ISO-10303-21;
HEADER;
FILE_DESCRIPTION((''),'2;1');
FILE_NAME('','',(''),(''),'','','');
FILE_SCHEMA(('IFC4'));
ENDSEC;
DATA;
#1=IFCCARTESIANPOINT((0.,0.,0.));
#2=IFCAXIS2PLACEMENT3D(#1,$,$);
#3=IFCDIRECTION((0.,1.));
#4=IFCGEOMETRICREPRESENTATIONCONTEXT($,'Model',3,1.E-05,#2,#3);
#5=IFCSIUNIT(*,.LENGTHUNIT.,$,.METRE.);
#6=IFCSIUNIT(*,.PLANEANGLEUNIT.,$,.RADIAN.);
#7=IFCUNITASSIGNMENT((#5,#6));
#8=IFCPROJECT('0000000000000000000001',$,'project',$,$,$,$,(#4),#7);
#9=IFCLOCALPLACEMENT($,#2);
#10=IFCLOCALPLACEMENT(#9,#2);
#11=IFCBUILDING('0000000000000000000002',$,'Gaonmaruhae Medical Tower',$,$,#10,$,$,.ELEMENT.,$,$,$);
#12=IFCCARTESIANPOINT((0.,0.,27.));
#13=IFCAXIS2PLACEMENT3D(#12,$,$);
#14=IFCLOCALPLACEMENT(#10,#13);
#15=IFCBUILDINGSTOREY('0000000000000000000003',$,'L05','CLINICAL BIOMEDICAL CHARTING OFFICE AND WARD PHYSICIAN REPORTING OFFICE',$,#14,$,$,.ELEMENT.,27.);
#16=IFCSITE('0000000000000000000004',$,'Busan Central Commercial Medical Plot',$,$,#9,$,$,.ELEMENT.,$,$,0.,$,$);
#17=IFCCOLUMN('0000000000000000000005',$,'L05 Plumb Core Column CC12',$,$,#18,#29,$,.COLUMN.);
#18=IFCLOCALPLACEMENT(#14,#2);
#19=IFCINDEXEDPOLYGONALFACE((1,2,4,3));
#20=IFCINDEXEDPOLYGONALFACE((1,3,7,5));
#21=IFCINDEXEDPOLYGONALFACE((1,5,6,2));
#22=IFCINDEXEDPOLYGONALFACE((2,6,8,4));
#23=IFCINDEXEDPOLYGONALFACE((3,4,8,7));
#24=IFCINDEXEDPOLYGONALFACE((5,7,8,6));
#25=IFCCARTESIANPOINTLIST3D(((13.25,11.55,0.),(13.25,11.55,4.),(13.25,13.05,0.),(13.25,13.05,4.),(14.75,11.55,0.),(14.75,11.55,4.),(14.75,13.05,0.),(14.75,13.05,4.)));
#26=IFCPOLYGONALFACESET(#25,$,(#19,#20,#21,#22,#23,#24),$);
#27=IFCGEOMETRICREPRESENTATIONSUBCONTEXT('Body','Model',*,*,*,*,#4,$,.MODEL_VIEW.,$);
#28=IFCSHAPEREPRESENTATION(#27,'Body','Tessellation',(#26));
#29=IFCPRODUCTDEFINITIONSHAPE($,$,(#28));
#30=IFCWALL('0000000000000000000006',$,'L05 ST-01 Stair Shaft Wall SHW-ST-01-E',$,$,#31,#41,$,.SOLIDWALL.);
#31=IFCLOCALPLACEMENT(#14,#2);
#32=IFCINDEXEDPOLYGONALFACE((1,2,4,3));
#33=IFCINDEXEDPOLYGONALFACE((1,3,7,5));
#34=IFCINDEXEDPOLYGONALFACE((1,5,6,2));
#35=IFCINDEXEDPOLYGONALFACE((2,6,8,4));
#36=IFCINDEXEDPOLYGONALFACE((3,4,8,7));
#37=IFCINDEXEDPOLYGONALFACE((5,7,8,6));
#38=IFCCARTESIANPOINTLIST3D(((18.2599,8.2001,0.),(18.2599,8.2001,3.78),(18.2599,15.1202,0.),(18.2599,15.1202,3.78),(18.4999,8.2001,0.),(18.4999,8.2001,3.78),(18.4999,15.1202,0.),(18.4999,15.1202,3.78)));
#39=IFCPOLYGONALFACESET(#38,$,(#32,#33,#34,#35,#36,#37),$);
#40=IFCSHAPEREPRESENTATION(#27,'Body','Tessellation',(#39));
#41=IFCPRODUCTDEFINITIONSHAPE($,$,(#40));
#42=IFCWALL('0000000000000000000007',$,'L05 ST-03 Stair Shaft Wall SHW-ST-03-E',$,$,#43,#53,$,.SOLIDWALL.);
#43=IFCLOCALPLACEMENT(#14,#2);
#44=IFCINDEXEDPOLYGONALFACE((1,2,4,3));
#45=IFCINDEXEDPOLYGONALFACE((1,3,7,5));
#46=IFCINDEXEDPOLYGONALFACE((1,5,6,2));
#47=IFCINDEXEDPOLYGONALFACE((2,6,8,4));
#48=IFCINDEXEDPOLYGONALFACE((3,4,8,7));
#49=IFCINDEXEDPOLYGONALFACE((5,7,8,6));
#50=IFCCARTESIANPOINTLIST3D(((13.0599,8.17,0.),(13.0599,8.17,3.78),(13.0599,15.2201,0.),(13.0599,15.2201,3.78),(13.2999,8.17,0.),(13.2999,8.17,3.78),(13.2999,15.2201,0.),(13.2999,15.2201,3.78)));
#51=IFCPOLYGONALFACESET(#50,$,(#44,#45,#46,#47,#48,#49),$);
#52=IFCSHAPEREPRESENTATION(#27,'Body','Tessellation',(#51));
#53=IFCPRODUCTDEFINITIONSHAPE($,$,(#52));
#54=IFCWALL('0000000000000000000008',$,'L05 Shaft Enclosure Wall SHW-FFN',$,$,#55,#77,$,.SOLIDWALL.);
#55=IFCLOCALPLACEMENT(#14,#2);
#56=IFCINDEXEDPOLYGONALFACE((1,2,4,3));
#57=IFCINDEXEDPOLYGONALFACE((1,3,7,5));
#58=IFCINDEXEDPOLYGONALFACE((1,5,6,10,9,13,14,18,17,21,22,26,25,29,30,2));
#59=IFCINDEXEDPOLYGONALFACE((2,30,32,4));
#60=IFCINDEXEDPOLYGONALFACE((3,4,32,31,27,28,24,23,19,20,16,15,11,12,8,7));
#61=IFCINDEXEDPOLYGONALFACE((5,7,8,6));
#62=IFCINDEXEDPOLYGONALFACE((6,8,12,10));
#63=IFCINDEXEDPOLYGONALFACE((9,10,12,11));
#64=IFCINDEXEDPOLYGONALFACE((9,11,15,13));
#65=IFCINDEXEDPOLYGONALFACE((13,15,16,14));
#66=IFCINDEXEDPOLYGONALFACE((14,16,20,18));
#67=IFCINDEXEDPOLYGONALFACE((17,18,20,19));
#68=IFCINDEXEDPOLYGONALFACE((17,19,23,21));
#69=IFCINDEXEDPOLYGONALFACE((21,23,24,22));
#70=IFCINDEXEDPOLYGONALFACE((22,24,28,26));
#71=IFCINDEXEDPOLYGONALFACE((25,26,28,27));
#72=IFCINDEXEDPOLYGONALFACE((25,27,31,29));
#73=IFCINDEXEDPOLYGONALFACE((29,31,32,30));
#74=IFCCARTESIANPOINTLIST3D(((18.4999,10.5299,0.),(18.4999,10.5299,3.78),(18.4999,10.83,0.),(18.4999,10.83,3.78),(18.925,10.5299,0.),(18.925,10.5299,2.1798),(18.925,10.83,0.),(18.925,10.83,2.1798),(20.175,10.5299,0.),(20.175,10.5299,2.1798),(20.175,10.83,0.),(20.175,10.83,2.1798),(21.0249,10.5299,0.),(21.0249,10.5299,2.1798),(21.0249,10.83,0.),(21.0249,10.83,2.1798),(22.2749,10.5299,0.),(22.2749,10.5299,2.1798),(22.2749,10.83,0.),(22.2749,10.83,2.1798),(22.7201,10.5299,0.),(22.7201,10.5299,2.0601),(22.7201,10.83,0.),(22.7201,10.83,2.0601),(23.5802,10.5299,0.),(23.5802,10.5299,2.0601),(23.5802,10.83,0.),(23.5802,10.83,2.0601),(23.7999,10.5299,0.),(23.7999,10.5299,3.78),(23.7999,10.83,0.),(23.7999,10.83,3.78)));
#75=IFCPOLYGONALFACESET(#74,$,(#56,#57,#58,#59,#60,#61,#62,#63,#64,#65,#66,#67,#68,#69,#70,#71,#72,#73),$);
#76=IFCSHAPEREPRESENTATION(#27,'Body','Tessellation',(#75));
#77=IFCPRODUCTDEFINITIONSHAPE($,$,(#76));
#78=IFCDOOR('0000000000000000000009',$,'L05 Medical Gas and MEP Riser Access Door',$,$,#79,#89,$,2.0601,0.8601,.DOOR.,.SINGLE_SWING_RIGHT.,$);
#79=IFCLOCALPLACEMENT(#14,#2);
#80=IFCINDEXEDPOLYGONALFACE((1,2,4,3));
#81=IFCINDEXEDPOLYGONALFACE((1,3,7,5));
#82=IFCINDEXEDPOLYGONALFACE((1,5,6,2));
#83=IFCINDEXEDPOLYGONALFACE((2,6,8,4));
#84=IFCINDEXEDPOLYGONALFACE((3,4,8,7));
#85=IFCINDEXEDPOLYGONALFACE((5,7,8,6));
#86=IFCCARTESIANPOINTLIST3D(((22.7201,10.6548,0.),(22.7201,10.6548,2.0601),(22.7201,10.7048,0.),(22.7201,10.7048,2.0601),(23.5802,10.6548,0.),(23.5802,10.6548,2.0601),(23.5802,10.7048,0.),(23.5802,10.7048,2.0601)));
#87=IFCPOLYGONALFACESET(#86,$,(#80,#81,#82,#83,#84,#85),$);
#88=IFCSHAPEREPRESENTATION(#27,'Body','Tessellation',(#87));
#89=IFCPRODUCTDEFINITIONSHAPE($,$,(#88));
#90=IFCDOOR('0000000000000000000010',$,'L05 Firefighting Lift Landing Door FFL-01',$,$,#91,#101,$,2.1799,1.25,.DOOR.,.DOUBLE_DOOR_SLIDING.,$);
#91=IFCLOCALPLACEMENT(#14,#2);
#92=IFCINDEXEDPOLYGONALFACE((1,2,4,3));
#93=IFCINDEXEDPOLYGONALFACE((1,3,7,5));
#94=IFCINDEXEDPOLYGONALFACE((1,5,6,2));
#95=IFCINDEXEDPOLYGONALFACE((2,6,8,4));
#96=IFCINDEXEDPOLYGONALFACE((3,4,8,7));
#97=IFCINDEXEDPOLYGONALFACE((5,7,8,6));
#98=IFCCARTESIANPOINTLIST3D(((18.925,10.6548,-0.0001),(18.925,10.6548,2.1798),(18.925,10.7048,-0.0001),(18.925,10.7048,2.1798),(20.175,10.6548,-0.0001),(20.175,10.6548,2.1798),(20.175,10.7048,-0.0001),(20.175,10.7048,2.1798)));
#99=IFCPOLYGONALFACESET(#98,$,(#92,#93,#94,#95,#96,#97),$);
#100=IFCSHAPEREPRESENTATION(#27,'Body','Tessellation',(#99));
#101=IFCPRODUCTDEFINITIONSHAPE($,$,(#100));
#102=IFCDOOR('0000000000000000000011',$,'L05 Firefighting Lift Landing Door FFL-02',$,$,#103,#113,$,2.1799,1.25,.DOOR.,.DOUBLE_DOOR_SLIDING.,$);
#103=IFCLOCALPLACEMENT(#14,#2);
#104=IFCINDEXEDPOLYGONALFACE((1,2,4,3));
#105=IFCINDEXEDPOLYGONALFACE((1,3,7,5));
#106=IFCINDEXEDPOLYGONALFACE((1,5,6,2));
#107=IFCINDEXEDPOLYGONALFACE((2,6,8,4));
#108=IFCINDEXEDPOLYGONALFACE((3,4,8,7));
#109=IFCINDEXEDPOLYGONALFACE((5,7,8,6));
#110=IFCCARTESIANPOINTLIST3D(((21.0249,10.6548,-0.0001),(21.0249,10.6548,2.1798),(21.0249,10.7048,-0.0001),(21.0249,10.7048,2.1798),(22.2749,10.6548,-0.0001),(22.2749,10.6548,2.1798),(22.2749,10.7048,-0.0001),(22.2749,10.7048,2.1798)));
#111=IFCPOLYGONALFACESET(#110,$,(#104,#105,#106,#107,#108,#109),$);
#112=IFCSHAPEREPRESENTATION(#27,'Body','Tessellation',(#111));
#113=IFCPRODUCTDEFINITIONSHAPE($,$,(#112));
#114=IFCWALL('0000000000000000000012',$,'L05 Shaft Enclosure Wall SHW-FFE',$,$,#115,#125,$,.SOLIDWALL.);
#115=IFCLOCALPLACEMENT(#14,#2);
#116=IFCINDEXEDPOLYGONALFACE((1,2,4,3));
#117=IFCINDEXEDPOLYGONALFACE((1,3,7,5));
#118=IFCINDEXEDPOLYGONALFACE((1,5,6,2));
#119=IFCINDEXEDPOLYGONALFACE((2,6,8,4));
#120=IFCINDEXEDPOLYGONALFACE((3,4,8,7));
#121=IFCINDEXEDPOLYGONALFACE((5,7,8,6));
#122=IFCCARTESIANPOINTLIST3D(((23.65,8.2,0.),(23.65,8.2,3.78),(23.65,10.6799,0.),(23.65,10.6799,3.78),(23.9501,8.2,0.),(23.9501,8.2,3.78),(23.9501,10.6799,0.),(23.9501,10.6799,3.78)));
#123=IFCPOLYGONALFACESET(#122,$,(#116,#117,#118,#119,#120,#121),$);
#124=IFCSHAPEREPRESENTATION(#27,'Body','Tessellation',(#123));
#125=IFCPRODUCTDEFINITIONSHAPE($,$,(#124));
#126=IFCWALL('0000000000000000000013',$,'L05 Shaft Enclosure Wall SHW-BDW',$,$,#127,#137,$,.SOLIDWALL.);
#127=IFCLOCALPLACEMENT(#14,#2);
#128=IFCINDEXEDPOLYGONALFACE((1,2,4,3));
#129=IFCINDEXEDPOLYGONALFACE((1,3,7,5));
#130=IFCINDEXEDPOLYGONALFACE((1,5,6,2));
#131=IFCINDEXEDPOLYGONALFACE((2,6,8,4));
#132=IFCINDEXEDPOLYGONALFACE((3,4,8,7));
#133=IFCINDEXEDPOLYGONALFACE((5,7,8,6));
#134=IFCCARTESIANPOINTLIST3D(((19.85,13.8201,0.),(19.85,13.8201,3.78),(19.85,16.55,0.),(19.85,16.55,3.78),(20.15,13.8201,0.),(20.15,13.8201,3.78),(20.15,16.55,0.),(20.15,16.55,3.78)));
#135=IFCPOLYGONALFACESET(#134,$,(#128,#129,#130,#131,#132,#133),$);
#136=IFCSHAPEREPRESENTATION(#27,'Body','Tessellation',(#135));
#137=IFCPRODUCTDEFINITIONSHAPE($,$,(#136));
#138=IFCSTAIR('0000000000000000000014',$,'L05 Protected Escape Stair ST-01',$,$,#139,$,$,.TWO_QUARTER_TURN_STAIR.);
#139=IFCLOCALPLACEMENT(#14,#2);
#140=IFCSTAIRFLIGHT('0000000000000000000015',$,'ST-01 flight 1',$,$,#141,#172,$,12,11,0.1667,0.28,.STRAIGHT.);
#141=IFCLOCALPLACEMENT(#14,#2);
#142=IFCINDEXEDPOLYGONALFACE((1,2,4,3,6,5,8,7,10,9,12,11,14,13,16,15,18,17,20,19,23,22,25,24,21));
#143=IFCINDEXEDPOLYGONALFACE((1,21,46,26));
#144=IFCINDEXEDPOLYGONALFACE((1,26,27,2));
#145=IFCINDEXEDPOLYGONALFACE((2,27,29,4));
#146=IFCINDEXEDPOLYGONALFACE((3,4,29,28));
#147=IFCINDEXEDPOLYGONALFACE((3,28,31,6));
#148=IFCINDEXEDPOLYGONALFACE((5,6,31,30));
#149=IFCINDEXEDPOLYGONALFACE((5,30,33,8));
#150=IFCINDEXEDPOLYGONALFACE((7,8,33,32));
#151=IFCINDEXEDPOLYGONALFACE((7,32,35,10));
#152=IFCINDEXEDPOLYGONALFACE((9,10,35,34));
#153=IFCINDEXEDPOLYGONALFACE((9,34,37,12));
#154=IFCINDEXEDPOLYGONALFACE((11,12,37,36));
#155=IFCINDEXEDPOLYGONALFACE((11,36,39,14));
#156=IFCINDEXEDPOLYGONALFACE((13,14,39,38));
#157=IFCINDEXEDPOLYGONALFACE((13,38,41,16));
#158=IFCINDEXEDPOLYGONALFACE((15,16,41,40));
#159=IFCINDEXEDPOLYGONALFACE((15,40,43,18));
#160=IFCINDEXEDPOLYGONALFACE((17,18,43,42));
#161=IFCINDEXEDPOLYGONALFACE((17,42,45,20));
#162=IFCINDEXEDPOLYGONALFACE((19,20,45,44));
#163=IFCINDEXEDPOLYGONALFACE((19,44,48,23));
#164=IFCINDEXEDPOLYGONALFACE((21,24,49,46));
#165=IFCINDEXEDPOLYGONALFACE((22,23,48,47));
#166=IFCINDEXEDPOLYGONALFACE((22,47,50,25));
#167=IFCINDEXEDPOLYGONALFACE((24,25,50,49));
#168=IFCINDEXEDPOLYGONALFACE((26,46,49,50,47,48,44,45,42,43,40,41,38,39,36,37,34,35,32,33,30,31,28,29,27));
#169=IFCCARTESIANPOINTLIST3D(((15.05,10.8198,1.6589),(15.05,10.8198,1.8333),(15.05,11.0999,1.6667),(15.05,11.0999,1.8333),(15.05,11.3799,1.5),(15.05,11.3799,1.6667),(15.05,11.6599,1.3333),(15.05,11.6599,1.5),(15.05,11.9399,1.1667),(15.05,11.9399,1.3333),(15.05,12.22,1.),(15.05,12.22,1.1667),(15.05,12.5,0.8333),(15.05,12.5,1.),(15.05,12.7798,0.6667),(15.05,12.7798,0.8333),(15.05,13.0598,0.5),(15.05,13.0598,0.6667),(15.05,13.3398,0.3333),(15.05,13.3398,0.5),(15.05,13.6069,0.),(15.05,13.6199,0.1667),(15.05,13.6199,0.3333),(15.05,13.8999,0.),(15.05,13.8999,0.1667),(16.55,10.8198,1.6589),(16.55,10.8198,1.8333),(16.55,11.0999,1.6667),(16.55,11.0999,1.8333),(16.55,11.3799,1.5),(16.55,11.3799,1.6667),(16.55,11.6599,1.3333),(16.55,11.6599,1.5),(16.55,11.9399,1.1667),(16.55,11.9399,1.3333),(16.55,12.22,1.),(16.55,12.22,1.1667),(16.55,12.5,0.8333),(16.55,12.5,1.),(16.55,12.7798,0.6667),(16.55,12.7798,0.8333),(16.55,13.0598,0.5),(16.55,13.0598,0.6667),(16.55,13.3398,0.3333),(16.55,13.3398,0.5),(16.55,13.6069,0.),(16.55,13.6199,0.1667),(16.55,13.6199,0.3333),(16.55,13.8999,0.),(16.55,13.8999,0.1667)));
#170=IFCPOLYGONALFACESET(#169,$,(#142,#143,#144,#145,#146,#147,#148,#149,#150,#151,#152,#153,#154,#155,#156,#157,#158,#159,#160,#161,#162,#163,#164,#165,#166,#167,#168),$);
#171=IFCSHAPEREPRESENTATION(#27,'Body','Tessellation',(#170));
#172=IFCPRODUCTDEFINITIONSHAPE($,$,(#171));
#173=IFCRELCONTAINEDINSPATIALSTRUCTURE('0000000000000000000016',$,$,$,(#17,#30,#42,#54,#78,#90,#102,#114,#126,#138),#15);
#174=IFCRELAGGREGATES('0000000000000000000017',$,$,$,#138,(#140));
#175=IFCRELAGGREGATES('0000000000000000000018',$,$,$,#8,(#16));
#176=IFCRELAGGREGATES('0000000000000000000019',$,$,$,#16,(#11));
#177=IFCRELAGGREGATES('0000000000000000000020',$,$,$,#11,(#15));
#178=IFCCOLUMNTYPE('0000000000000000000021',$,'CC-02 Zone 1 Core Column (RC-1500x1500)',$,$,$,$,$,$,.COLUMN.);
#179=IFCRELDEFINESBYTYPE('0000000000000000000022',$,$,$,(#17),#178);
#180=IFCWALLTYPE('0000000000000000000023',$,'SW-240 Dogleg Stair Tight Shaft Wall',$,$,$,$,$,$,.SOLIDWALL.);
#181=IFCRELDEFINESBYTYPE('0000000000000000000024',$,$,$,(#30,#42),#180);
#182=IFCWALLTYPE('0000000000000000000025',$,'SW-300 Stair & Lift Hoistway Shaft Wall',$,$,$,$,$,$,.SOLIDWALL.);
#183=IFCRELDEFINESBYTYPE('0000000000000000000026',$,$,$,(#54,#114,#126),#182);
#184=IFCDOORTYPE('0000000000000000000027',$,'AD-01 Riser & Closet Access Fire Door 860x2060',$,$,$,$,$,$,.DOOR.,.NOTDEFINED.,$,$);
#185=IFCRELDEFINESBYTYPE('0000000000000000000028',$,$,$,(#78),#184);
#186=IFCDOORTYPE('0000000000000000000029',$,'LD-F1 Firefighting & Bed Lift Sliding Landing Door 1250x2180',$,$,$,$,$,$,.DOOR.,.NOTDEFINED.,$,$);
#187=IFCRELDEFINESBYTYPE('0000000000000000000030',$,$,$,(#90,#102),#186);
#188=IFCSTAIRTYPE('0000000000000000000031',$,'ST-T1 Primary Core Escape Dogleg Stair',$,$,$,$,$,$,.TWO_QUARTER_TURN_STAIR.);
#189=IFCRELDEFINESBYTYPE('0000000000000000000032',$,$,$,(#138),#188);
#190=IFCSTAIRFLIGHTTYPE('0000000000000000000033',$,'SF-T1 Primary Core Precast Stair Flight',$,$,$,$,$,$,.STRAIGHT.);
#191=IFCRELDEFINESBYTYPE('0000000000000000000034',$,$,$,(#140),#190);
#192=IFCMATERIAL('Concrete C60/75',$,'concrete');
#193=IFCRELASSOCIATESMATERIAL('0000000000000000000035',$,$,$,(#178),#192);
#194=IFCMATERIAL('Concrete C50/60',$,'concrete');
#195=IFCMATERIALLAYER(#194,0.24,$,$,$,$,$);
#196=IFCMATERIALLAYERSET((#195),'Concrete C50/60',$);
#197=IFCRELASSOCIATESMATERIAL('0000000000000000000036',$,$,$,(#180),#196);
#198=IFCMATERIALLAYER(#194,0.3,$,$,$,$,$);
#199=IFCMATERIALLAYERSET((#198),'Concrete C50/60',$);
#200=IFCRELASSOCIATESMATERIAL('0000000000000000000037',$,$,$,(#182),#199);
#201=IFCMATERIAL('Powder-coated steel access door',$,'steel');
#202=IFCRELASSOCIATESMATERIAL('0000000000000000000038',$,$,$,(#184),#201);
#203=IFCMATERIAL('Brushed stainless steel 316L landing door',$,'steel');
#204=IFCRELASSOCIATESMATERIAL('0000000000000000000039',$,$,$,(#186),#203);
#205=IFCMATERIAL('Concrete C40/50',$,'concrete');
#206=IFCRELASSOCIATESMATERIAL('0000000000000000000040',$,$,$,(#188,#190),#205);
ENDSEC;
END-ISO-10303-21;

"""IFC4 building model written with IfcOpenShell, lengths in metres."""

from ifc_helpers import new_model, si_unit, direction, frame, frame_2d, origin, origin_2d, place, context, subcontext, project, spatial, polyline, rectangle, outline, extrude, material, layer, layer_set, material_profile, profile_set, type_object, element, fill, aggregate, save


model = new_model("IFC4")

# Units and contexts
model_context = context("Model", 3, precision=1e-05, world=origin(), true_north=direction((0.0, 1.0)))
body_context = subcontext(model_context, "Body", "Model", "MODEL_VIEW")
ifc_project = project(units=[si_unit("LENGTHUNIT", "METRE"), si_unit("PLANEANGLEUNIT", "RADIAN")], contexts=[model_context])

# Site, building, storey
site_placement = place(None, origin())
site = spatial("IfcSite", under=ifc_project, at=site_placement, Name="Busan Central Commercial Medical Plot", CompositionType="ELEMENT", RefElevation=0.0)
building_placement = place(site_placement, origin())
building = spatial("IfcBuilding", under=site, at=building_placement, Name="Gaonmaruhae Medical Tower", CompositionType="ELEMENT")
storey_placement = place(building_placement, frame((0.0, 0.0, 27.0)))
storey = spatial("IfcBuildingStorey", under=building, at=storey_placement, Name="L05", Description="CLINICAL BIOMEDICAL CHARTING OFFICE AND WARD PHYSICIAN REPORTING OFFICE", CompositionType="ELEMENT", Elevation=27.0)

# Column
ifc_material_1 = material(Name="Concrete C60/75", Category="concrete")
ifc_material_profile = material_profile(ifc_material_1, rectangle(XDim=1.5, YDim=1.5, at=origin_2d()), Name="RC-1500x1500")
ifc_profile_set = profile_set([ifc_material_profile], Name="Concrete C60/75")
column_type = type_object("IfcColumnType", Name="CC-02 Zone 1 Core Column (RC-1500x1500)", PredefinedType="COLUMN", material=ifc_profile_set)
column_placement = place(storey_placement, frame((14.0, 12.3, 0.0), z_axis=(0.0, 0.0, 1.0), x_axis=(1.0, 0.0, 0.0)))
element("IfcColumn", 1, at=column_placement, inside=storey, type_object=column_type, Name="L05 Plumb Core Column CC12", PredefinedType="COLUMN", context=body_context, shape_type="SweptSolid", body=[
    extrude(rectangle(XDim=1.5, YDim=1.5, at=origin_2d()), origin(), (0.0, 0.0, 1.0), 4.0),
])

# Shared definitions
ifc_material_2 = material(Name="Concrete C50/60", Category="concrete")
ifc_layer_1 = layer(ifc_material_2, 0.24)
ifc_layer_set_1 = layer_set([ifc_layer_1], Name="Concrete C50/60")
wall_type_1 = type_object("IfcWallType", Name="SW-240 Dogleg Stair Tight Shaft Wall", PredefinedType="SOLIDWALL", material=ifc_layer_set_1)

# Walls
wall_1_placement = place(storey_placement, frame((18.3799, 15.1201, 0.0), z_axis=(0.0, 0.0, 1.0), x_axis=(0.0, -1.0, 0.0)))
element("IfcWall", 2, at=wall_1_placement, inside=storey, type_object=wall_type_1, Name="L05 ST-01 Stair Shaft Wall SHW-ST-01-E", PredefinedType="SOLIDWALL", context=body_context, shape_type="SweptSolid", body=[
    extrude(rectangle(XDim=6.9202, YDim=0.24, at=frame_2d((3.46, 0.0))), origin(), (0.0, 0.0, 1.0), 3.78),
])
wall_2_placement = place(storey_placement, frame((13.1799, 15.22, 0.0), z_axis=(0.0, 0.0, 1.0), x_axis=(0.0, -1.0, 0.0)))
element("IfcWall", 3, at=wall_2_placement, inside=storey, type_object=wall_type_1, Name="L05 ST-03 Stair Shaft Wall SHW-ST-03-E", PredefinedType="SOLIDWALL", context=body_context, shape_type="SweptSolid", body=[
    extrude(rectangle(XDim=7.05, YDim=0.24, at=frame_2d((3.5249, 0.0))), origin(), (0.0, 0.0, 1.0), 3.78),
])

# Wall, openings, doors
ifc_layer_2 = layer(ifc_material_2, 0.3)
ifc_layer_set_2 = layer_set([ifc_layer_2], Name="Concrete C50/60")
wall_type_2 = type_object("IfcWallType", Name="SW-300 Stair & Lift Hoistway Shaft Wall", PredefinedType="SOLIDWALL", material=ifc_layer_set_2)
wall_3_placement = place(storey_placement, frame((18.5, 10.6799, 0.0), z_axis=(0.0, 0.0, 1.0), x_axis=(1.0, 0.0, 0.0)))
wall_3 = element("IfcWall", 4, at=wall_3_placement, inside=storey, type_object=wall_type_2, Name="L05 Shaft Enclosure Wall SHW-FFN", PredefinedType="SOLIDWALL", context=body_context, shape_type="SweptSolid", body=[
    extrude(rectangle(XDim=5.3, YDim=0.3, at=frame_2d((2.6499, 0.0))), origin(), (0.0, 0.0, 1.0), 3.78),
])
opening_1_placement = place(wall_3_placement, frame((4.22, 0.0, 0.0)))
opening_1 = element("IfcOpeningElement", 5, at=opening_1_placement, cuts=wall_3, PredefinedType="OPENING", context=body_context, shape_type="SweptSolid", body=[
    extrude(rectangle(XDim=0.8601, YDim=2.0601, at=frame_2d((0.4302, 1.03))), frame((0.0, 0.1602, 0.0), z_axis=(0.0, -1.0, 0.0), x_axis=(1.0, 0.0, 0.0)), (0.0, 0.0, 1.0), 0.3201),
])
opening_2_placement = place(wall_3_placement, frame((0.425, 0.0, 0.0)))
opening_2 = element("IfcOpeningElement", 6, at=opening_2_placement, cuts=wall_3, PredefinedType="OPENING", context=body_context, shape_type="SweptSolid", body=[
    extrude(rectangle(XDim=1.25, YDim=2.1799, at=frame_2d((0.625, 1.0898))), frame((0.0, 0.1602, 0.0), z_axis=(0.0, -1.0, 0.0), x_axis=(1.0, 0.0, 0.0)), (0.0, 0.0, 1.0), 0.3201),
])
opening_3_placement = place(wall_3_placement, frame((2.5249, 0.0, 0.0)))
opening_3 = element("IfcOpeningElement", 7, at=opening_3_placement, cuts=wall_3, PredefinedType="OPENING", context=body_context, shape_type="SweptSolid", body=[
    extrude(rectangle(XDim=1.25, YDim=2.1799, at=frame_2d((0.625, 1.0898))), frame((0.0, 0.1602, 0.0), z_axis=(0.0, -1.0, 0.0), x_axis=(1.0, 0.0, 0.0)), (0.0, 0.0, 1.0), 0.3201),
])
ifc_material_3 = material(Name="Powder-coated steel access door", Category="steel")
door_type_1 = type_object("IfcDoorType", Name="AD-01 Riser & Closet Access Fire Door 860x2060", OperationType="NOTDEFINED", PredefinedType="DOOR", material=ifc_material_3)
door_1_placement = place(opening_1_placement, origin())
door_1 = element("IfcDoor", 8, at=door_1_placement, inside=storey, type_object=door_type_1, Name="L05 Medical Gas and MEP Riser Access Door", OperationType="SINGLE_SWING_RIGHT", OverallHeight=2.0601, OverallWidth=0.8601, PredefinedType="DOOR", context=body_context, shape_type="SweptSolid", body=[
    extrude(rectangle(XDim=0.8601, YDim=2.0601, at=frame_2d((0.4302, 1.03))), frame((0.0, 0.0249, 0.0), z_axis=(0.0, -1.0, 0.0), x_axis=(1.0, 0.0, 0.0)), (0.0, 0.0, 1.0), 0.05),
])
fill(opening_1, door_1)
ifc_material_4 = material(Name="Brushed stainless steel 316L landing door", Category="steel")
door_type_2 = type_object("IfcDoorType", Name="LD-F1 Firefighting & Bed Lift Sliding Landing Door 1250x2180", OperationType="NOTDEFINED", PredefinedType="DOOR", material=ifc_material_4)
door_2_placement = place(opening_2_placement, origin())
door_2 = element("IfcDoor", 9, at=door_2_placement, inside=storey, type_object=door_type_2, Name="L05 Firefighting Lift Landing Door FFL-01", OperationType="DOUBLE_DOOR_SLIDING", OverallHeight=2.1799, OverallWidth=1.25, PredefinedType="DOOR", context=body_context, shape_type="SweptSolid", body=[
    extrude(rectangle(XDim=1.25, YDim=2.1799, at=frame_2d((0.625, 1.0898))), frame((0.0, 0.0249, 0.0), z_axis=(0.0, -1.0, 0.0), x_axis=(1.0, 0.0, 0.0)), (0.0, 0.0, 1.0), 0.05),
])
fill(opening_2, door_2)
door_3_placement = place(opening_3_placement, origin())
door_3 = element("IfcDoor", 10, at=door_3_placement, inside=storey, type_object=door_type_2, Name="L05 Firefighting Lift Landing Door FFL-02", OperationType="DOUBLE_DOOR_SLIDING", OverallHeight=2.1799, OverallWidth=1.25, PredefinedType="DOOR", context=body_context, shape_type="SweptSolid", body=[
    extrude(rectangle(XDim=1.25, YDim=2.1799, at=frame_2d((0.625, 1.0898))), frame((0.0, 0.0249, 0.0), z_axis=(0.0, -1.0, 0.0), x_axis=(1.0, 0.0, 0.0)), (0.0, 0.0, 1.0), 0.05),
])
fill(opening_3, door_3)

# Walls
wall_4_placement = place(storey_placement, frame((23.8, 8.2, 0.0), z_axis=(0.0, 0.0, 1.0), x_axis=(0.0, 1.0, 0.0)))
element("IfcWall", 11, at=wall_4_placement, inside=storey, type_object=wall_type_2, Name="L05 Shaft Enclosure Wall SHW-FFE", PredefinedType="SOLIDWALL", context=body_context, shape_type="SweptSolid", body=[
    extrude(rectangle(XDim=2.48, YDim=0.3, at=frame_2d((1.24, 0.0))), origin(), (0.0, 0.0, 1.0), 3.78),
])
wall_5_placement = place(storey_placement, frame((20.0, 13.8201, 0.0), z_axis=(0.0, 0.0, 1.0), x_axis=(0.0, 1.0, 0.0)))
element("IfcWall", 12, at=wall_5_placement, inside=storey, type_object=wall_type_2, Name="L05 Shaft Enclosure Wall SHW-BDW", PredefinedType="SOLIDWALL", context=body_context, shape_type="SweptSolid", body=[
    extrude(rectangle(XDim=2.73, YDim=0.3, at=frame_2d((1.365, 0.0))), origin(), (0.0, 0.0, 1.0), 3.78),
])

# Stair, stair flight
ifc_material_5 = material(Name="Concrete C40/50", Category="concrete")
stair_type_1 = type_object("IfcStairType", Name="ST-T1 Primary Core Escape Dogleg Stair", PredefinedType="TWO_QUARTER_TURN_STAIR", material=ifc_material_5)
stair_1_placement = place(storey_placement, origin())
stair_1 = element("IfcStair", 13, at=stair_1_placement, inside=storey, type_object=stair_type_1, Name="L05 Protected Escape Stair ST-01", PredefinedType="TWO_QUARTER_TURN_STAIR")
stair_flight_type_1 = type_object("IfcStairFlightType", Name="SF-T1 Primary Core Precast Stair Flight", PredefinedType="STRAIGHT", material=ifc_material_5)
stair_flight_1_placement = place(storey_placement, frame((15.8, 13.8999, 0.0), z_axis=(0.0, 0.0, 1.0), x_axis=(0.0, -1.0, 0.0)))
stair_flight_1 = element("IfcStairFlight", 14, at=stair_flight_1_placement, type_object=stair_flight_type_1, Name="ST-01 flight 1", NumberOfRisers=12, NumberOfTreads=11, PredefinedType="STRAIGHT", RiserHeight=0.1667, TreadLength=0.28, context=body_context, shape_type="SweptSolid", body=[
    extrude(outline(polyline([(0.0, 0.0), (0.0, 0.1667), (0.28, 0.1667), (0.28, 0.3333), (0.5601, 0.3333), (0.5601, 0.5), (0.8401, 0.5), (0.8401, 0.6667), (1.1201, 0.6667), (1.1201, 0.8333), (1.3999, 0.8333), (1.3999, 1.0), (1.6799, 1.0), (1.6799, 1.1667), (1.96, 1.1667), (1.96, 1.3333), (2.24, 1.3333), (2.24, 1.5), (2.52, 1.5), (2.52, 1.6667), (2.8, 1.6667), (2.8, 1.8333), (3.0801, 1.8333), (3.0801, 2.0), (3.0801, 1.6589), (0.293, 0.0), (0.0, 0.0)])), frame((0.0, 0.75, 0.0), z_axis=(0.0, -1.0, 0.0), x_axis=(1.0, 0.0, 0.0)), (0.0, 0.0, 1.0), 1.5),
])
aggregate(stair_1, [stair_flight_1])

save(model, "model.ifc")
